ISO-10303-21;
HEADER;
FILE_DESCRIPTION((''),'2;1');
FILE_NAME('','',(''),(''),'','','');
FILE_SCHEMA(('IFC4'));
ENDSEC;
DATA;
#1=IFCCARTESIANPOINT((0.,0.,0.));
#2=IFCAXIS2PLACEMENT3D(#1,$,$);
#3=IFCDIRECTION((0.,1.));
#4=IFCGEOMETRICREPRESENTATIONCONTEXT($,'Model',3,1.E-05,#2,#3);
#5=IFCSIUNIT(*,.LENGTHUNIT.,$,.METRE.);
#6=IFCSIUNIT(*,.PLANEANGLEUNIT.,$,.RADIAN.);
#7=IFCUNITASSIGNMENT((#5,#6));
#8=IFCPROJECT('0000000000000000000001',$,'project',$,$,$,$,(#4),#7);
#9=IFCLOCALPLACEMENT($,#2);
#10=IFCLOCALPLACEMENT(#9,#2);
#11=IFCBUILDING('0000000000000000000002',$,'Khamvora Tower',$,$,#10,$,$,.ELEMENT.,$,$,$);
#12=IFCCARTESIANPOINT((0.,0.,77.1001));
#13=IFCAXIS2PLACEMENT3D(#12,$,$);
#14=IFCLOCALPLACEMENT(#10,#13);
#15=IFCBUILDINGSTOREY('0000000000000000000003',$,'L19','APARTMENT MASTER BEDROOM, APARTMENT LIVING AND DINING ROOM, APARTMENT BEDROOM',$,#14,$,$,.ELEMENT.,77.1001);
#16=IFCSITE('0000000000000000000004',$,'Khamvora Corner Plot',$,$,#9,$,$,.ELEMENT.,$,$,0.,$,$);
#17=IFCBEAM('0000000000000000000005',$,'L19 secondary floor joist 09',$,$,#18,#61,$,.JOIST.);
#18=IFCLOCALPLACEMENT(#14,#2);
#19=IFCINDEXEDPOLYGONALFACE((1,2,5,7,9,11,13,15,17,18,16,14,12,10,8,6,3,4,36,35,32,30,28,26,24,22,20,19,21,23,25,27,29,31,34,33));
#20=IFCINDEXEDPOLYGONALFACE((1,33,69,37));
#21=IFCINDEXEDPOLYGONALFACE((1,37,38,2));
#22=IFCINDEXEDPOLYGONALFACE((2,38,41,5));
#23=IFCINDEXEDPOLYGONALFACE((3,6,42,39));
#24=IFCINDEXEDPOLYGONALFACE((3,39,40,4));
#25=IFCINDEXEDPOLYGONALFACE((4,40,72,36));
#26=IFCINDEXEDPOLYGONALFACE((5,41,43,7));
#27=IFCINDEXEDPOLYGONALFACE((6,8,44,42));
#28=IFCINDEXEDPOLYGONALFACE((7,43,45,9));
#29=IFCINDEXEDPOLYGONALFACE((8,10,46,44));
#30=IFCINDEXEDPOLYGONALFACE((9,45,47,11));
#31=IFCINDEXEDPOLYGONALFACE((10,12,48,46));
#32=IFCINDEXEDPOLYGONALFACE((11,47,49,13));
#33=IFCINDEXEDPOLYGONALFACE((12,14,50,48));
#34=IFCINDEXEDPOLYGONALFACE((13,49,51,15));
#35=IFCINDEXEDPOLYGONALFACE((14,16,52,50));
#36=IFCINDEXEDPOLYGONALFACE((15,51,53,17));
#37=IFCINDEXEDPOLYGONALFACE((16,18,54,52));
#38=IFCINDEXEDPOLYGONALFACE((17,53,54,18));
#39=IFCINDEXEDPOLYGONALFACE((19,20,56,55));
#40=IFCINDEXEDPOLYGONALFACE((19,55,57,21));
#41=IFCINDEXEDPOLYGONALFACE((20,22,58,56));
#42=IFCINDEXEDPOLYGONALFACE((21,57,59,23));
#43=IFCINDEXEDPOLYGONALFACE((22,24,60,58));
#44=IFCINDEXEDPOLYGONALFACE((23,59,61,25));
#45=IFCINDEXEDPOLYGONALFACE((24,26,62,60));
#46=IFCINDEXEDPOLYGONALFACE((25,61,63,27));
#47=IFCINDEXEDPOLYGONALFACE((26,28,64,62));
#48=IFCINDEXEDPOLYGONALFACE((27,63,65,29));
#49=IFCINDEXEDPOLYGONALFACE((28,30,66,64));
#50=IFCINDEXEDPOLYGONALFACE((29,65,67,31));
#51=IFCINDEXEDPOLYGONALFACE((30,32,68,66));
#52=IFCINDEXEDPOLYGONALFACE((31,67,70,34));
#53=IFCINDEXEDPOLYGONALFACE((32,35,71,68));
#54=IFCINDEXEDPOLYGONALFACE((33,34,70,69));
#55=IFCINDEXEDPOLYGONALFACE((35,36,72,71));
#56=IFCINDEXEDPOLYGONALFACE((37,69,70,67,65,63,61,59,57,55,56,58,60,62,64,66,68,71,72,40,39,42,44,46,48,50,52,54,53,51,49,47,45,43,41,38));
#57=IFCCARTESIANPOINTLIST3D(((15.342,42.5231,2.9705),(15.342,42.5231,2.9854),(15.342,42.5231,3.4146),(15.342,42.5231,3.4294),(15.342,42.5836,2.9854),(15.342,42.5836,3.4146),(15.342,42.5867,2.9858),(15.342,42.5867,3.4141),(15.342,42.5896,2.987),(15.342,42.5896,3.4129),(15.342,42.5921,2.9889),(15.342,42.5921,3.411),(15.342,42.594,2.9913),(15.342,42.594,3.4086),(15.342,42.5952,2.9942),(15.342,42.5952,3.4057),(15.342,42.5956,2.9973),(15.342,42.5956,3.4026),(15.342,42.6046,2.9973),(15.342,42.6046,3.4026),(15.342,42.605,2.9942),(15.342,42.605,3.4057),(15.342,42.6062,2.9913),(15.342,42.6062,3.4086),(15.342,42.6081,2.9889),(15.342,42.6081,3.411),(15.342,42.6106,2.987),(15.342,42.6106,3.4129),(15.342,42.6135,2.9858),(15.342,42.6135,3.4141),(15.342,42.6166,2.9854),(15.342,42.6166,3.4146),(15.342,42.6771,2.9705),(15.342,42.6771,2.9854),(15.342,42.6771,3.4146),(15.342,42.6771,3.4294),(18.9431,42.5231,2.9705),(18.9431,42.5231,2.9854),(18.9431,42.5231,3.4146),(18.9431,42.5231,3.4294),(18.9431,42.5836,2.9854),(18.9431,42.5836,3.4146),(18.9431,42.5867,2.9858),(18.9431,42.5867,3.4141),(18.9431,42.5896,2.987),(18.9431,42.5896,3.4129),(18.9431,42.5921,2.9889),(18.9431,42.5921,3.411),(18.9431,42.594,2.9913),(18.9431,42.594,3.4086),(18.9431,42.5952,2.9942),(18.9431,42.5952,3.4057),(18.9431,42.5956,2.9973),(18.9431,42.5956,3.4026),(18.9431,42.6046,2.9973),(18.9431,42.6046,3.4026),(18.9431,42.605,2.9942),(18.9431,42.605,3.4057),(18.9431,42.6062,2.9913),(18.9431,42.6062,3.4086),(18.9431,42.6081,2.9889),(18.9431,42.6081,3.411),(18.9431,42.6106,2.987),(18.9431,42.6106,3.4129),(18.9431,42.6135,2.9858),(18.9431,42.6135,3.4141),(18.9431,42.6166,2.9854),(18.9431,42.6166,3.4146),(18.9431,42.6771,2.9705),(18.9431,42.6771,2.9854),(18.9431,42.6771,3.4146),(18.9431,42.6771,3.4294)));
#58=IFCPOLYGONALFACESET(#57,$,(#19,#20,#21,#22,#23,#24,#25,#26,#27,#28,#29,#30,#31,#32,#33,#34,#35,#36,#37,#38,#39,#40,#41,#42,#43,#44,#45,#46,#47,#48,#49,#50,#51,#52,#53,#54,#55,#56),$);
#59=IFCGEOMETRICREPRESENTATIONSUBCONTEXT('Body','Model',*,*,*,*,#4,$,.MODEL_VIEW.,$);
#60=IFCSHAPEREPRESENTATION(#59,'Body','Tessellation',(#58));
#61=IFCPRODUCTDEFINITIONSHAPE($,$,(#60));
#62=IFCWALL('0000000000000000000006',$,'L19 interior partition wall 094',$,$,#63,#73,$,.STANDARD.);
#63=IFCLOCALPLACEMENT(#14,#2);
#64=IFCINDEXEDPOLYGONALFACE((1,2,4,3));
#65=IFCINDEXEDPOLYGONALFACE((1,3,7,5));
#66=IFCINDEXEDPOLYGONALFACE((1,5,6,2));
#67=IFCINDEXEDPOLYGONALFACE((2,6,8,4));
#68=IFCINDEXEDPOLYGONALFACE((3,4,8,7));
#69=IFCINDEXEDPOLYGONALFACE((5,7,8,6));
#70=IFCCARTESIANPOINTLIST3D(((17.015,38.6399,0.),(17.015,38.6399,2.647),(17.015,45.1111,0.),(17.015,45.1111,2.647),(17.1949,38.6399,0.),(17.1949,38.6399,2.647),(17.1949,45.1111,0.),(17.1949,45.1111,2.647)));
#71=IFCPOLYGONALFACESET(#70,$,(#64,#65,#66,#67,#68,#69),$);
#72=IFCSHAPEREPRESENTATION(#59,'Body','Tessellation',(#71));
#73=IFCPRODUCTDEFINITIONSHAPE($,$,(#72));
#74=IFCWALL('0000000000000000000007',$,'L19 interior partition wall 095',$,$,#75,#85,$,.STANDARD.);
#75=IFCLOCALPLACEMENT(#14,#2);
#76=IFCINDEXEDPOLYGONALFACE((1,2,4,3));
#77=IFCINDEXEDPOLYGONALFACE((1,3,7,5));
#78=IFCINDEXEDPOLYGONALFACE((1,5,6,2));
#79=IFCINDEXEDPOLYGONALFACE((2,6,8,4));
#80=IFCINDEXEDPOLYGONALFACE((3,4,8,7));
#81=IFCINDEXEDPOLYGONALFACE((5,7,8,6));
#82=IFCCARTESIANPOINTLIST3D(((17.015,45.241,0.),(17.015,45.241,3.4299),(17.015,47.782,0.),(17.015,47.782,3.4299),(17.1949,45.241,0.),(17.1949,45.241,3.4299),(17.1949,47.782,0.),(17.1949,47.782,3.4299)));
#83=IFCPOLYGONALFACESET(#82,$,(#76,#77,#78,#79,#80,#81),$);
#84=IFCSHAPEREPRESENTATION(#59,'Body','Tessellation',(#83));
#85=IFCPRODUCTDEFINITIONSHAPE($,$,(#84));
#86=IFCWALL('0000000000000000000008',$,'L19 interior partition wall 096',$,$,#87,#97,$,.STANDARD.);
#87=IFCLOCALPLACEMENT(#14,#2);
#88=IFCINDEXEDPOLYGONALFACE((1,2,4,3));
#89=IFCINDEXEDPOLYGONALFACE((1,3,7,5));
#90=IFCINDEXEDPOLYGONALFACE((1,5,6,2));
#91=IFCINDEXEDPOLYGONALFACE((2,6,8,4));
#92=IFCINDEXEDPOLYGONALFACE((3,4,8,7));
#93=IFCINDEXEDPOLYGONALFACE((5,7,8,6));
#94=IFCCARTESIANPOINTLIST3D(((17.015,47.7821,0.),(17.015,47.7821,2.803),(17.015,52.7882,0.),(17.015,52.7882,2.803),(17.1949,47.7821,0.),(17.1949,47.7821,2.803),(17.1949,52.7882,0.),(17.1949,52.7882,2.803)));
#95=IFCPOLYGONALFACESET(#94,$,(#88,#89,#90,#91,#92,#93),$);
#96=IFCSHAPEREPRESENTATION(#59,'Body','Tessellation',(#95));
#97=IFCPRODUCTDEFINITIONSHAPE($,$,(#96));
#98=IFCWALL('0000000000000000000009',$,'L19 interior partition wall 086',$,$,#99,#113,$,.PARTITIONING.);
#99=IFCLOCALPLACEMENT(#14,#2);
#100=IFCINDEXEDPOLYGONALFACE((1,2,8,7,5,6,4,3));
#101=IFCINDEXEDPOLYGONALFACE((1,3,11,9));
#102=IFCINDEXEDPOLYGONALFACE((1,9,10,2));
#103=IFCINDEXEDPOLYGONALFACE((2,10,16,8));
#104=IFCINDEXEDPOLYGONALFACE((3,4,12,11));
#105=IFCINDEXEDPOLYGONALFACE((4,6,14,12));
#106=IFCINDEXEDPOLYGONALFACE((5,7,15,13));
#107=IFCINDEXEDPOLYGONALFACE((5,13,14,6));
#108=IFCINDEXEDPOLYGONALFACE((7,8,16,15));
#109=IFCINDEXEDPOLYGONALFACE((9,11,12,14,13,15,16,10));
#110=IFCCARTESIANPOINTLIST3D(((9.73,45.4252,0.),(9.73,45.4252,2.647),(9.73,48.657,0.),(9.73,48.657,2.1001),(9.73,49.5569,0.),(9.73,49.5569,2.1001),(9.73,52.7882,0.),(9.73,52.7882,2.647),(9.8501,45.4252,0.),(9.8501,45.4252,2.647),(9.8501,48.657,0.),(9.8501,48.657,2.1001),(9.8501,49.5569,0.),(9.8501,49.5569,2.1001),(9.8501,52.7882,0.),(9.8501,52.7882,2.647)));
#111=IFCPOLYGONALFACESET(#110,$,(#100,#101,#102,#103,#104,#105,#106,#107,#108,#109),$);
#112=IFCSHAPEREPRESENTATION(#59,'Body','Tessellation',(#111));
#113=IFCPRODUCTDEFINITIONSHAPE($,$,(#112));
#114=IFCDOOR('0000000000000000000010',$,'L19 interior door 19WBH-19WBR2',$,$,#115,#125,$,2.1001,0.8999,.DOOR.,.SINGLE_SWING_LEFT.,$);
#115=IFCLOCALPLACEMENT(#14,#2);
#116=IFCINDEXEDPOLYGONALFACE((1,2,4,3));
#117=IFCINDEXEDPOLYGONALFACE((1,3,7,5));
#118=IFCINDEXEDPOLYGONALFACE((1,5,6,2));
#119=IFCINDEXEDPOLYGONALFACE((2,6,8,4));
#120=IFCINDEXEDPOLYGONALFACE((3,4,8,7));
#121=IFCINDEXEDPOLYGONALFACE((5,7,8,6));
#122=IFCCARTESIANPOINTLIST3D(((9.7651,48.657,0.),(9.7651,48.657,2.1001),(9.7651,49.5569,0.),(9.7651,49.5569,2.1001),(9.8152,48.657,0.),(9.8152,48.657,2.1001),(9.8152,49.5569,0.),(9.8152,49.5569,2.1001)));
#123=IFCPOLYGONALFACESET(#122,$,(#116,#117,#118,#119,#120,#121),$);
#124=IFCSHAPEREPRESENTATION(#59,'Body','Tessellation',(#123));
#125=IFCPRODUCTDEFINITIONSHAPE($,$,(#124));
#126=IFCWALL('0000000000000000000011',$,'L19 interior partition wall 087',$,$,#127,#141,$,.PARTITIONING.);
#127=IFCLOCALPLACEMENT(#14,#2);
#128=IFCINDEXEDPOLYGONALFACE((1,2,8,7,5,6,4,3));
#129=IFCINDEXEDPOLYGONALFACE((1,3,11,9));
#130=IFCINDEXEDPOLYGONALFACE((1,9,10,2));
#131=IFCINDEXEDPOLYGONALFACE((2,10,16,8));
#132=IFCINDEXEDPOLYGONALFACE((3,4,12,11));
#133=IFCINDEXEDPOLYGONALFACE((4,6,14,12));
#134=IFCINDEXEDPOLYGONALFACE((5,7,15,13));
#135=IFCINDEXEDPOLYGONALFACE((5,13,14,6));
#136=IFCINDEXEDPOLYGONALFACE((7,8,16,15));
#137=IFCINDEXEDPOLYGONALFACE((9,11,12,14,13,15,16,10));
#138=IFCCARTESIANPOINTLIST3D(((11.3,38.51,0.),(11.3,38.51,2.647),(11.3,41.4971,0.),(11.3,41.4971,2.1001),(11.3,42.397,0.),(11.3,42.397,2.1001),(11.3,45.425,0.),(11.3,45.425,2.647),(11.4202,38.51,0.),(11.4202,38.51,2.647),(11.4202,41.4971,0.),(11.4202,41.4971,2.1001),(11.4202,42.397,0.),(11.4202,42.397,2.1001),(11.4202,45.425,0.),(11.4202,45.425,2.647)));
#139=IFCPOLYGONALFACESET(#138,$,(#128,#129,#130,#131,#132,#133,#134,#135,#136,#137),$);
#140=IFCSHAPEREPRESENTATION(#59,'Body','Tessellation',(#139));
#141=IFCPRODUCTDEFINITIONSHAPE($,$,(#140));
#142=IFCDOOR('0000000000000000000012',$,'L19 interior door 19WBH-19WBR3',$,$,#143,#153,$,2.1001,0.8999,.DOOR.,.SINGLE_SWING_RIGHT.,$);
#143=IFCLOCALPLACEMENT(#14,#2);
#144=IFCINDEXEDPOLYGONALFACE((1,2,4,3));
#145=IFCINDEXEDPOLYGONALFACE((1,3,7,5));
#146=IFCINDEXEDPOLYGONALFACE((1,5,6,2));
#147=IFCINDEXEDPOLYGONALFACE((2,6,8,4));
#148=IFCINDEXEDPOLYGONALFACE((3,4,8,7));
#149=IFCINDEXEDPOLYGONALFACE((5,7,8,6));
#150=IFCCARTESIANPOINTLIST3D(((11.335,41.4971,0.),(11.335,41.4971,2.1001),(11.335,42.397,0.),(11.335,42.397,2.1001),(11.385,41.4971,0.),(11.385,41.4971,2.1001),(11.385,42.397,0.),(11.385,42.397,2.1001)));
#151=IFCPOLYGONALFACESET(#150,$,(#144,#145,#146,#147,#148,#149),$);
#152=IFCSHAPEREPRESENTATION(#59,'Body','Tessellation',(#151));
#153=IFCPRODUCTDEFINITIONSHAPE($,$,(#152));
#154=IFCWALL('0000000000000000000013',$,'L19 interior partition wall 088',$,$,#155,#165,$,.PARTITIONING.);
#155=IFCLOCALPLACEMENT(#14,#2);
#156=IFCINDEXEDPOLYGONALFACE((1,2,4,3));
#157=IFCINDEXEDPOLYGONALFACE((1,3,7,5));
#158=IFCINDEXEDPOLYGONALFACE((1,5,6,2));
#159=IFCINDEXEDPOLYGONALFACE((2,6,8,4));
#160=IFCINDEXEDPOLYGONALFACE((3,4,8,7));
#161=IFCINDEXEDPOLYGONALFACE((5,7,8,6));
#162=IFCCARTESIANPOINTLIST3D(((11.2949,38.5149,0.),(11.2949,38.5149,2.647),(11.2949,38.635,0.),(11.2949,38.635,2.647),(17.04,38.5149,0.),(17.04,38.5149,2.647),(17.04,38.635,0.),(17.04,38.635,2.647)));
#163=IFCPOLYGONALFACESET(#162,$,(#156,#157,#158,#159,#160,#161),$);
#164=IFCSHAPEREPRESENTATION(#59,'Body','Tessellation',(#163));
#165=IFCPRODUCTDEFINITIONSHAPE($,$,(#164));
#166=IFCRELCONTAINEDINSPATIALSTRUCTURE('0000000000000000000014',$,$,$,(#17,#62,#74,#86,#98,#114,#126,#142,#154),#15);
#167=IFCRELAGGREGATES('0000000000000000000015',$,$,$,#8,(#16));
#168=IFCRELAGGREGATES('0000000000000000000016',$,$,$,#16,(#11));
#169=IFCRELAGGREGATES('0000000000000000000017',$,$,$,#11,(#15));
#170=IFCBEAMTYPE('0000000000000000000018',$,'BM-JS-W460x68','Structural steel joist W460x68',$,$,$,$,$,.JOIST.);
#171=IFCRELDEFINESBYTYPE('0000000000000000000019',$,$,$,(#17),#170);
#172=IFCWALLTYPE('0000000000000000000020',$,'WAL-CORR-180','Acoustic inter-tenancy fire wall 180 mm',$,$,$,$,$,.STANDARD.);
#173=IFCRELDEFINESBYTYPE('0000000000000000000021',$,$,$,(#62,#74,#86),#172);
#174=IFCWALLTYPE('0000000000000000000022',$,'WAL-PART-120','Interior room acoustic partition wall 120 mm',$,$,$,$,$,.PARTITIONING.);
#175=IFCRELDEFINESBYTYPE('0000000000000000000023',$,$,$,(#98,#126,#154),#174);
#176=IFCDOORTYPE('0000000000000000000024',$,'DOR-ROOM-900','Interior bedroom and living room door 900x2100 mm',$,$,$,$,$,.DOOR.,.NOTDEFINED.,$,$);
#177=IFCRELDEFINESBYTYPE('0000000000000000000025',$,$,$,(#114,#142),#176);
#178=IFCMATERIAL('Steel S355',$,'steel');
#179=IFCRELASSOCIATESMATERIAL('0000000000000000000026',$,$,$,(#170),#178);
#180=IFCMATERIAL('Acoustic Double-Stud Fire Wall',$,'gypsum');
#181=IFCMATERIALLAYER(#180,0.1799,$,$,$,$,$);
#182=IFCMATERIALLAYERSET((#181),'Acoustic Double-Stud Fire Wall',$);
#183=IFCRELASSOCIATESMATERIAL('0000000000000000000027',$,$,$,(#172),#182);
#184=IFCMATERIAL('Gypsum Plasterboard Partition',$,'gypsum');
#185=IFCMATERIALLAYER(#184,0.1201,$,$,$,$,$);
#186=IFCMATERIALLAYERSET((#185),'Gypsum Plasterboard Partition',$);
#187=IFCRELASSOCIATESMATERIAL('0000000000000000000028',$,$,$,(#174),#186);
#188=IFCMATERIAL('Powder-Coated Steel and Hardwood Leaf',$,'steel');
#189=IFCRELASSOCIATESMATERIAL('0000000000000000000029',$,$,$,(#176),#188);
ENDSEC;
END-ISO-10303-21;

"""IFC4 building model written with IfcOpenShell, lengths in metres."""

from ifc_helpers import new_model, si_unit, direction, frame, frame_2d, origin, origin_2d, place, context, subcontext, project, spatial, rectangle, i_section, extrude, material, layer, layer_set, material_profile, profile_set, type_object, element, fill, save


model = new_model("IFC4")

# Units and contexts
model_context = context("Model", 3, precision=1e-05, world=origin(), true_north=direction((0.0, 1.0)))
body_context = subcontext(model_context, "Body", "Model", "MODEL_VIEW")
ifc_project = project(units=[si_unit("LENGTHUNIT", "METRE"), si_unit("PLANEANGLEUNIT", "RADIAN")], contexts=[model_context])

# Site, building, storey
site_placement = place(None, origin())
site = spatial("IfcSite", under=ifc_project, at=site_placement, Name="Khamvora Corner Plot", CompositionType="ELEMENT", RefElevation=0.0)
building_placement = place(site_placement, origin())
building = spatial("IfcBuilding", under=site, at=building_placement, Name="Khamvora Tower", CompositionType="ELEMENT")
storey_placement = place(building_placement, frame((0.0, 0.0, 77.1001)))
storey = spatial("IfcBuildingStorey", under=building, at=storey_placement, Name="L19", Description="APARTMENT MASTER BEDROOM, APARTMENT LIVING AND DINING ROOM, APARTMENT BEDROOM", CompositionType="ELEMENT", Elevation=77.1001)

# Beam
ifc_material_1 = material(Name="Steel S355", Category="steel")
ifc_material_profile = material_profile(ifc_material_1, i_section(OverallWidth=0.1541, OverallDepth=0.459, WebThickness=0.009, FlangeThickness=0.0149, FilletRadius=0.012, at=origin_2d()), Name="W460x68")
ifc_profile_set = profile_set([ifc_material_profile], Name="Steel S355")
beam_type = type_object("IfcBeamType", Name="BM-JS-W460x68", Description="Structural steel joist W460x68", PredefinedType="JOIST", material=ifc_profile_set)
beam_placement = place(storey_placement, frame((15.342, 42.6001, 3.2), z_axis=(1.0, 0.0, 0.0), x_axis=(0.0, 1.0, 0.0)))
element("IfcBeam", 1, at=beam_placement, inside=storey, type_object=beam_type, Name="L19 secondary floor joist 09", PredefinedType="JOIST", context=body_context, shape_type="SweptSolid", body=[
    extrude(i_section(OverallWidth=0.1541, OverallDepth=0.459, WebThickness=0.009, FlangeThickness=0.0149, FilletRadius=0.012, at=origin_2d()), origin(), (0.0, 0.0, 1.0), 3.6011),
])

# Walls
ifc_material_2 = material(Name="Acoustic Double-Stud Fire Wall", Category="gypsum")
ifc_layer_1 = layer(ifc_material_2, 0.1799)
ifc_layer_set_1 = layer_set([ifc_layer_1], Name="Acoustic Double-Stud Fire Wall")
wall_type_1 = type_object("IfcWallType", Name="WAL-CORR-180", Description="Acoustic inter-tenancy fire wall 180 mm", PredefinedType="STANDARD", material=ifc_layer_set_1)
wall_1_placement = place(storey_placement, frame((17.105, 45.1111, 0.0), z_axis=(0.0, 0.0, 1.0), x_axis=(0.0, -1.0, 0.0)))
element("IfcWall", 2, at=wall_1_placement, inside=storey, type_object=wall_type_1, Name="L19 interior partition wall 094", PredefinedType="STANDARD", context=body_context, shape_type="SweptSolid", body=[
    extrude(rectangle(XDim=6.4712, YDim=0.1799, at=frame_2d((3.2356, 0.0))), origin(), (0.0, 0.0, 1.0), 2.647),
])
wall_2_placement = place(storey_placement, frame((17.105, 47.782, 0.0), z_axis=(0.0, 0.0, 1.0), x_axis=(0.0, -1.0, 0.0)))
element("IfcWall", 3, at=wall_2_placement, inside=storey, type_object=wall_type_1, Name="L19 interior partition wall 095", PredefinedType="STANDARD", context=body_context, shape_type="SweptSolid", body=[
    extrude(rectangle(XDim=2.541, YDim=0.1799, at=frame_2d((1.2705, 0.0))), origin(), (0.0, 0.0, 1.0), 3.4299),
])
wall_3_placement = place(storey_placement, frame((17.105, 52.7881, 0.0), z_axis=(0.0, 0.0, 1.0), x_axis=(0.0, -1.0, 0.0)))
element("IfcWall", 4, at=wall_3_placement, inside=storey, type_object=wall_type_1, Name="L19 interior partition wall 096", PredefinedType="STANDARD", context=body_context, shape_type="SweptSolid", body=[
    extrude(rectangle(XDim=5.0061, YDim=0.1799, at=frame_2d((2.5029, 0.0))), origin(), (0.0, 0.0, 1.0), 2.803),
])

# Walls, openings, doors
ifc_material_3 = material(Name="Gypsum Plasterboard Partition", Category="gypsum")
ifc_layer_2 = layer(ifc_material_3, 0.1201)
ifc_layer_set_2 = layer_set([ifc_layer_2], Name="Gypsum Plasterboard Partition")
wall_type_2 = type_object("IfcWallType", Name="WAL-PART-120", Description="Interior room acoustic partition wall 120 mm", PredefinedType="PARTITIONING", material=ifc_layer_set_2)
wall_4_placement = place(storey_placement, frame((9.79, 45.425, 0.0), z_axis=(0.0, 0.0, 1.0), x_axis=(0.0, 1.0, 0.0)))
wall_4 = element("IfcWall", 5, at=wall_4_placement, inside=storey, type_object=wall_type_2, Name="L19 interior partition wall 086", PredefinedType="PARTITIONING", context=body_context, shape_type="SweptSolid", body=[
    extrude(rectangle(XDim=7.363, YDim=0.1201, at=frame_2d((3.6816, 0.0))), origin(), (0.0, 0.0, 1.0), 2.647),
])
opening_1_placement = place(wall_4_placement, frame((3.2319, 0.0, 0.0)))
opening_1 = element("IfcOpeningElement", 6, at=opening_1_placement, cuts=wall_4, PredefinedType="OPENING", context=body_context, shape_type="SweptSolid", body=[
    extrude(rectangle(XDim=0.8999, YDim=2.1001, at=frame_2d((0.45, 1.05))), frame((0.0, 0.0701, 0.0), z_axis=(0.0, -1.0, 0.0), x_axis=(1.0, 0.0, 0.0)), (0.0, 0.0, 1.0), 0.1401),
])
ifc_material_4 = material(Name="Powder-Coated Steel and Hardwood Leaf", Category="steel")
door_type = type_object("IfcDoorType", Name="DOR-ROOM-900", Description="Interior bedroom and living room door 900x2100 mm", OperationType="NOTDEFINED", PredefinedType="DOOR", material=ifc_material_4)
door_1_placement = place(opening_1_placement, origin())
door_1 = element("IfcDoor", 7, at=door_1_placement, inside=storey, type_object=door_type, Name="L19 interior door 19WBH-19WBR2", OperationType="SINGLE_SWING_LEFT", OverallHeight=2.1001, OverallWidth=0.8999, PredefinedType="DOOR", context=body_context, shape_type="SweptSolid", body=[
    extrude(rectangle(XDim=0.8999, YDim=2.1001, at=frame_2d((0.45, 1.05))), frame((0.0, 0.0249, 0.0), z_axis=(0.0, -1.0, 0.0), x_axis=(1.0, 0.0, 0.0)), (0.0, 0.0, 1.0), 0.05),
])
fill(opening_1, door_1)
wall_5_placement = place(storey_placement, frame((11.3601, 45.425, 0.0), z_axis=(0.0, 0.0, 1.0), x_axis=(0.0, -1.0, 0.0)))
wall_5 = element("IfcWall", 8, at=wall_5_placement, inside=storey, type_object=wall_type_2, Name="L19 interior partition wall 087", PredefinedType="PARTITIONING", context=body_context, shape_type="SweptSolid", body=[
    extrude(rectangle(XDim=6.915, YDim=0.1201, at=frame_2d((3.4575, 0.0))), origin(), (0.0, 0.0, 1.0), 2.647),
])
opening_2_placement = place(wall_5_placement, frame((3.0281, 0.0, 0.0)))
opening_2 = element("IfcOpeningElement", 9, at=opening_2_placement, cuts=wall_5, PredefinedType="OPENING", context=body_context, shape_type="SweptSolid", body=[
    extrude(rectangle(XDim=0.8999, YDim=2.1001, at=frame_2d((0.45, 1.05))), frame((0.0, 0.0701, 0.0), z_axis=(0.0, -1.0, 0.0), x_axis=(1.0, 0.0, 0.0)), (0.0, 0.0, 1.0), 0.1401),
])
door_2_placement = place(opening_2_placement, origin())
door_2 = element("IfcDoor", 10, at=door_2_placement, inside=storey, type_object=door_type, Name="L19 interior door 19WBH-19WBR3", OperationType="SINGLE_SWING_RIGHT", OverallHeight=2.1001, OverallWidth=0.8999, PredefinedType="DOOR", context=body_context, shape_type="SweptSolid", body=[
    extrude(rectangle(XDim=0.8999, YDim=2.1001, at=frame_2d((0.45, 1.05))), frame((0.0, 0.0249, 0.0), z_axis=(0.0, -1.0, 0.0), x_axis=(1.0, 0.0, 0.0)), (0.0, 0.0, 1.0), 0.05),
])
fill(opening_2, door_2)

# Wall
wall_6_placement = place(storey_placement, frame((11.2949, 38.575, 0.0), z_axis=(0.0, 0.0, 1.0), x_axis=(1.0, 0.0, 0.0)))
element("IfcWall", 11, at=wall_6_placement, inside=storey, type_object=wall_type_2, Name="L19 interior partition wall 088", PredefinedType="PARTITIONING", context=body_context, shape_type="SweptSolid", body=[
    extrude(rectangle(XDim=5.7451, YDim=0.1201, at=frame_2d((2.8726, 0.0))), origin(), (0.0, 0.0, 1.0), 2.647),
])

save(model, "model.ifc")
